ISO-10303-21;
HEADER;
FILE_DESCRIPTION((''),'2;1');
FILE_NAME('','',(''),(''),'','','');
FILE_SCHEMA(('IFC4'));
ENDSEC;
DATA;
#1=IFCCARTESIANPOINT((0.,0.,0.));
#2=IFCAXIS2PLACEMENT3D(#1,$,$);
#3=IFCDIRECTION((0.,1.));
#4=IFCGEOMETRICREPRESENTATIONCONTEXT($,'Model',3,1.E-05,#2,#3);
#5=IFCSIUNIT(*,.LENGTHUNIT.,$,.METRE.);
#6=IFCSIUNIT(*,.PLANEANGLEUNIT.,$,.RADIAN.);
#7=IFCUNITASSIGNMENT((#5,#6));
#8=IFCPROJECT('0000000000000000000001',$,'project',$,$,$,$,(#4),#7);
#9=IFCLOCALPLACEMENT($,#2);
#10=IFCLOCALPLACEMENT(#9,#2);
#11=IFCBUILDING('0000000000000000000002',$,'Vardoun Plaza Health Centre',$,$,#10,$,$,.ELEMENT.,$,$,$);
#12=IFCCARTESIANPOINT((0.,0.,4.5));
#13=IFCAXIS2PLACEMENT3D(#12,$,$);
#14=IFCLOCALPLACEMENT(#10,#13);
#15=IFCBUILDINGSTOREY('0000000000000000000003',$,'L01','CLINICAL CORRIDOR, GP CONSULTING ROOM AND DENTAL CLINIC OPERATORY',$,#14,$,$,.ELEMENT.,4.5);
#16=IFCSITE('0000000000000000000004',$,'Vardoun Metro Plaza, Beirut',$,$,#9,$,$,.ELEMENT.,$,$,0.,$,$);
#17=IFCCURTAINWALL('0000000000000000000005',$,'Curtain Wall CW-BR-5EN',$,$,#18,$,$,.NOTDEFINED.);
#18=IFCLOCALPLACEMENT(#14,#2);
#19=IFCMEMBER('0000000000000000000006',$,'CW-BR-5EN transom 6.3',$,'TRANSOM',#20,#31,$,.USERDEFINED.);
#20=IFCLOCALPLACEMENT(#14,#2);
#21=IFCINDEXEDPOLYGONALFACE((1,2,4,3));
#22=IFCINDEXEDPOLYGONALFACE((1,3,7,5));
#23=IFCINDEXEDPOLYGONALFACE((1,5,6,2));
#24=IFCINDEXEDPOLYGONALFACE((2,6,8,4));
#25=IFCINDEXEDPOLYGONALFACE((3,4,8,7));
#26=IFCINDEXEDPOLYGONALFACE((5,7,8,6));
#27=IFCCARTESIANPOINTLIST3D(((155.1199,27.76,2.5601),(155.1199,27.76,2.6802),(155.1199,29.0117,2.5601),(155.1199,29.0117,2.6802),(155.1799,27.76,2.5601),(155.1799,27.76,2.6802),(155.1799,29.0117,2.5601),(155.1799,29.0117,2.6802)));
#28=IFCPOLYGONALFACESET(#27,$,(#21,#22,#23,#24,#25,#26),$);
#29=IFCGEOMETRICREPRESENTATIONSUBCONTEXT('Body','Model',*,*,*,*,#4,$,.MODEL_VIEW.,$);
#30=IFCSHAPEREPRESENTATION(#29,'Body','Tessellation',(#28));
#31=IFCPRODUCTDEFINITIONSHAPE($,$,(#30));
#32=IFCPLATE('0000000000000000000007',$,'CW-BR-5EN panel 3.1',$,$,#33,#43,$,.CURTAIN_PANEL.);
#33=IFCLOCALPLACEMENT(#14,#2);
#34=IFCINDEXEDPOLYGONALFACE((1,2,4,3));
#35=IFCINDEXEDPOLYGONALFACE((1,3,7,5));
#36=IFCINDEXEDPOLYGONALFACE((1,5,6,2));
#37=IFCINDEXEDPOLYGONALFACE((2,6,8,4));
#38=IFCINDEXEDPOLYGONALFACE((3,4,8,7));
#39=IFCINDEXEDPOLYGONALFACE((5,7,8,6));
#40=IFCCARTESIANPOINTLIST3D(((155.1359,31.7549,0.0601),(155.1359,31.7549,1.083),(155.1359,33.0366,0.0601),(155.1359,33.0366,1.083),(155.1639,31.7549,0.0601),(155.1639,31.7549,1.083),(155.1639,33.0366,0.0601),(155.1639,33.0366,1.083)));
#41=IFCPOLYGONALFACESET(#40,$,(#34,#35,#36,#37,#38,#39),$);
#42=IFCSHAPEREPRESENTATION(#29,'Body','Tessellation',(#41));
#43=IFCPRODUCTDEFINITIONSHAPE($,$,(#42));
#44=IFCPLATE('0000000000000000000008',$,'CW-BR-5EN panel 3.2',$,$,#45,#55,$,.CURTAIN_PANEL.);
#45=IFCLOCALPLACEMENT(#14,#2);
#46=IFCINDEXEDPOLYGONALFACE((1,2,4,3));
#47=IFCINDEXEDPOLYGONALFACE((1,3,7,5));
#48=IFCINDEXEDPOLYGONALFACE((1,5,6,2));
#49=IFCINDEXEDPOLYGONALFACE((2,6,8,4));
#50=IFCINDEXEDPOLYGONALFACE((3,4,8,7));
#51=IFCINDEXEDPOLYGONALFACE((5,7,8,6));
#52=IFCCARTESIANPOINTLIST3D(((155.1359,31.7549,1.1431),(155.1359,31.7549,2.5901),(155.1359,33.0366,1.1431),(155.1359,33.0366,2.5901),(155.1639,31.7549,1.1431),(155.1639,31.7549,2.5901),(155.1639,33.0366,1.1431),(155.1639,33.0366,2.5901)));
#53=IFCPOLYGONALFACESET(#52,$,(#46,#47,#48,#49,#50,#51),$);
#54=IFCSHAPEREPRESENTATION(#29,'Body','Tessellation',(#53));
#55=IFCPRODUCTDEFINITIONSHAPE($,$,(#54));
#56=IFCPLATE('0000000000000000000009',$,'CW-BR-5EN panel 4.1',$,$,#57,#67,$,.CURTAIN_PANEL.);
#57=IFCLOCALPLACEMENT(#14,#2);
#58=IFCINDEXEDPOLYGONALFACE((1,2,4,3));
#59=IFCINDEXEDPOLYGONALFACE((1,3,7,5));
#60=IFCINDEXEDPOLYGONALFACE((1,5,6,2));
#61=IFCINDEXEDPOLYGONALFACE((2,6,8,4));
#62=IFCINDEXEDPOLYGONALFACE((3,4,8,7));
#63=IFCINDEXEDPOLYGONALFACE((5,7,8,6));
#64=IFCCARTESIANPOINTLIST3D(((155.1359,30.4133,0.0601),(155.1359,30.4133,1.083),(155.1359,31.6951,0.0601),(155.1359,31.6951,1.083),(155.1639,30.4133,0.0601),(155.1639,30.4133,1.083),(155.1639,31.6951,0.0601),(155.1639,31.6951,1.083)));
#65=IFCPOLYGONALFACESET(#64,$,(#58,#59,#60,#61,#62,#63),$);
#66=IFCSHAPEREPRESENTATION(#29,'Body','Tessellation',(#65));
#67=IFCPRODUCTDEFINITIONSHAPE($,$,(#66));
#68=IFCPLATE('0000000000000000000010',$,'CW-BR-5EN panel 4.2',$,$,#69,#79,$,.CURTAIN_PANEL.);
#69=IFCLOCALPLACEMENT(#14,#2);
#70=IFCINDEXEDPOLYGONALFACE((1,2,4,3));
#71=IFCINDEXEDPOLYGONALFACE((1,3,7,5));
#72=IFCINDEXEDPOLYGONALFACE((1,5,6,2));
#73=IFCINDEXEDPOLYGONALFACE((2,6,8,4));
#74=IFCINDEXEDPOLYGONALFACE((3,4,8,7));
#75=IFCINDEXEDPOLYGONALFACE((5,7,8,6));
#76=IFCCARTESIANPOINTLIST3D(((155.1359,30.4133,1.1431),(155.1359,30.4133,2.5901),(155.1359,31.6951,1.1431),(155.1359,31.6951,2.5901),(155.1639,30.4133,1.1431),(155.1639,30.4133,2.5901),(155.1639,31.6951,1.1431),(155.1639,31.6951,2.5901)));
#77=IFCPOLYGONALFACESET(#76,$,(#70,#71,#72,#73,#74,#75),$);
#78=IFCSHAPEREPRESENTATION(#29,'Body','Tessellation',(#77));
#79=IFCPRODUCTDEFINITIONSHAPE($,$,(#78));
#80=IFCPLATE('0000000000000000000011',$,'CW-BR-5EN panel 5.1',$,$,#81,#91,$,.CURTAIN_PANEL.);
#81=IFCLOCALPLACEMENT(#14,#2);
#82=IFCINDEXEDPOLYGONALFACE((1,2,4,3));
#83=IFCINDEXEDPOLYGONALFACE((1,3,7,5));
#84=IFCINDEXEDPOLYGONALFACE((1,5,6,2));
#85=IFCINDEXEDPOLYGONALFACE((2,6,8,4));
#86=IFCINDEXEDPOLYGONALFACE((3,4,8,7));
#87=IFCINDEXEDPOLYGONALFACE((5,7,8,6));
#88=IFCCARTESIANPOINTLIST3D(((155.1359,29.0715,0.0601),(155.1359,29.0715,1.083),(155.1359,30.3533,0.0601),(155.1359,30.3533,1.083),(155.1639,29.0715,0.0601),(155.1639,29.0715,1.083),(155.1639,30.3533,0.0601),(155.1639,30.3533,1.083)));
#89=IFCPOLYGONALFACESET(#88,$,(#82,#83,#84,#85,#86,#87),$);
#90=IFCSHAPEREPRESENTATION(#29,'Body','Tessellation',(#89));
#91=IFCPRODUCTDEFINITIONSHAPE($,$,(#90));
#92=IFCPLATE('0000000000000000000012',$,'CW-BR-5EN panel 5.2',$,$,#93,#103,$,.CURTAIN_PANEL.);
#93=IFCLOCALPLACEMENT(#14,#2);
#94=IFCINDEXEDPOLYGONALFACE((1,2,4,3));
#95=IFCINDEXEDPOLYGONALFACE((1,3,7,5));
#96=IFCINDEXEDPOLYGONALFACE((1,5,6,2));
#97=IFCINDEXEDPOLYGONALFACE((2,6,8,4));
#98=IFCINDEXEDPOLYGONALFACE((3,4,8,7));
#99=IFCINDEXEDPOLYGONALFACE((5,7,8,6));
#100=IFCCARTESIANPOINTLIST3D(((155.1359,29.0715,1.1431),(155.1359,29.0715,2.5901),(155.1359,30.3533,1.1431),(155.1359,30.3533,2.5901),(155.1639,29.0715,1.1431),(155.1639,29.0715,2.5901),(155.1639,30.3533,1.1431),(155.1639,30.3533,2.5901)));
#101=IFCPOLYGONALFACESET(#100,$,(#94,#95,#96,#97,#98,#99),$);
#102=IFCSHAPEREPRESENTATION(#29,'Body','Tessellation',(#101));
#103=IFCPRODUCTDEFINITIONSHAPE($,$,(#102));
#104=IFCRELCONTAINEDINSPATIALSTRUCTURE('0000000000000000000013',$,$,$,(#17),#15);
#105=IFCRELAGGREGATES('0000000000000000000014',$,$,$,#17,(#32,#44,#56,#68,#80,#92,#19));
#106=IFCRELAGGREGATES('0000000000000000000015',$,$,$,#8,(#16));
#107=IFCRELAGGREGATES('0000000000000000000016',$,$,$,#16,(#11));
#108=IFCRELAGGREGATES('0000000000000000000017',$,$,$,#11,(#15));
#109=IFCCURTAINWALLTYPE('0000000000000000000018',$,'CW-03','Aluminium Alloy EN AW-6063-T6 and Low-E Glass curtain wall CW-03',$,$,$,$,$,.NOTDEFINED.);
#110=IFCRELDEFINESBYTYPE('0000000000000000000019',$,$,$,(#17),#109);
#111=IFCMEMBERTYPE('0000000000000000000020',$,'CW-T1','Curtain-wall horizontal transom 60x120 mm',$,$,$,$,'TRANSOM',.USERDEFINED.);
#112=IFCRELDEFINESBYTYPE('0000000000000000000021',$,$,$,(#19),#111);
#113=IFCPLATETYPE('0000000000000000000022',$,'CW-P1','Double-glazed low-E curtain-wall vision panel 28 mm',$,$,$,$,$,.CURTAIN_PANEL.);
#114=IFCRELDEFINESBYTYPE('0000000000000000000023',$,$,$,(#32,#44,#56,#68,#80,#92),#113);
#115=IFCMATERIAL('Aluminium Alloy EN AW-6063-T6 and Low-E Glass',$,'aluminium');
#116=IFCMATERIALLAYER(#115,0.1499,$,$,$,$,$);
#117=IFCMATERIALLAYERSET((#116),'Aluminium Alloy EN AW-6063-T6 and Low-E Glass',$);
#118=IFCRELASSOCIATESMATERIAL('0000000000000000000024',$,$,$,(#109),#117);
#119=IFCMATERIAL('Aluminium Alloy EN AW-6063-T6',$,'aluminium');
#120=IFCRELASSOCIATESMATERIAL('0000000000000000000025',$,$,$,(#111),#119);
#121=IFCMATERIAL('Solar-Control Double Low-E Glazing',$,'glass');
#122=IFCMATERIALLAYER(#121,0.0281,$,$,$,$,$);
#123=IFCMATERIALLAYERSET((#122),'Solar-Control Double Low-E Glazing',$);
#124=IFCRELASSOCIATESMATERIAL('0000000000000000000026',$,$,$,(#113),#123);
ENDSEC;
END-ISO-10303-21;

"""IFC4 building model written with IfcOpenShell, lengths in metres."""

from ifc_helpers import new_model, si_unit, direction, frame, origin, origin_2d, place, context, subcontext, project, spatial, rectangle, extrude, material, layer, layer_set, material_profile, profile_set, type_object, element, aggregate, save


model = new_model("IFC4")

# Units and contexts
model_context = context("Model", 3, precision=1e-05, world=origin(), true_north=direction((0.0, 1.0)))
body_context = subcontext(model_context, "Body", "Model", "MODEL_VIEW")
ifc_project = project(units=[si_unit("LENGTHUNIT", "METRE"), si_unit("PLANEANGLEUNIT", "RADIAN")], contexts=[model_context])

# Site, building, storey
site_placement = place(None, origin())
site = spatial("IfcSite", under=ifc_project, at=site_placement, Name="Vardoun Metro Plaza, Beirut", CompositionType="ELEMENT", RefElevation=0.0)
building_placement = place(site_placement, origin())
building = spatial("IfcBuilding", under=site, at=building_placement, Name="Vardoun Plaza Health Centre", CompositionType="ELEMENT")
storey_placement = place(building_placement, frame((0.0, 0.0, 4.5)))
storey = spatial("IfcBuildingStorey", under=building, at=storey_placement, Name="L01", Description="CLINICAL CORRIDOR, GP CONSULTING ROOM AND DENTAL CLINIC OPERATORY", CompositionType="ELEMENT", Elevation=4.5)

# Curtain wall, member, plates
ifc_material_1 = material(Name="Aluminium Alloy EN AW-6063-T6 and Low-E Glass", Category="aluminium")
ifc_layer_1 = layer(ifc_material_1, 0.1499)
ifc_layer_set_1 = layer_set([ifc_layer_1], Name="Aluminium Alloy EN AW-6063-T6 and Low-E Glass")
curtain_wall_type = type_object("IfcCurtainWallType", Name="CW-03", Description="Aluminium Alloy EN AW-6063-T6 and Low-E Glass curtain wall CW-03", PredefinedType="NOTDEFINED", material=ifc_layer_set_1)
curtain_wall_placement = place(storey_placement, origin())
curtain_wall = element("IfcCurtainWall", 1, at=curtain_wall_placement, inside=storey, type_object=curtain_wall_type, Name="Curtain Wall CW-BR-5EN", PredefinedType="NOTDEFINED")
ifc_material_2 = material(Name="Aluminium Alloy EN AW-6063-T6", Category="aluminium")
ifc_material_profile_1 = material_profile(ifc_material_2, rectangle(XDim=0.0601, YDim=0.1201, at=origin_2d()), Name="CWT 60x120")
ifc_profile_set_1 = profile_set([ifc_material_profile_1], Name="Aluminium Alloy EN AW-6063-T6")
member_type_1 = type_object("IfcMemberType", Name="CW-T1", Description="Curtain-wall horizontal transom 60x120 mm", ElementType="TRANSOM", PredefinedType="USERDEFINED", material=ifc_profile_set_1)
member_1_placement = place(storey_placement, frame((155.1499, 29.0117, 2.6201), z_axis=(0.0, -1.0, 0.0), x_axis=(1.0, 0.0, 0.0)))
member_1 = element("IfcMember", 2, at=member_1_placement, type_object=member_type_1, Name="CW-BR-5EN transom 6.3", ObjectType="TRANSOM", PredefinedType="USERDEFINED", context=body_context, shape_type="SweptSolid", body=[
    extrude(rectangle(XDim=0.0601, YDim=0.1201, at=origin_2d()), origin(), (0.0, 0.0, 1.0), 1.2517),
])
ifc_material_3 = material(Name="Solar-Control Double Low-E Glazing", Category="glass")
ifc_layer_2 = layer(ifc_material_3, 0.0281)
ifc_layer_set_2 = layer_set([ifc_layer_2], Name="Solar-Control Double Low-E Glazing")
plate_type = type_object("IfcPlateType", Name="CW-P1", Description="Double-glazed low-E curtain-wall vision panel 28 mm", PredefinedType="CURTAIN_PANEL", material=ifc_layer_set_2)
plate_1_placement = place(storey_placement, frame((155.1499, 32.3958, 0.0601), z_axis=(0.0, 0.0, 1.0), x_axis=(0.0, -1.0, 0.0)))
plate_1 = element("IfcPlate", 3, at=plate_1_placement, type_object=plate_type, Name="CW-BR-5EN panel 3.1", PredefinedType="CURTAIN_PANEL", context=body_context, shape_type="SweptSolid", body=[
    extrude(rectangle(XDim=1.2817, YDim=0.0281, at=origin_2d()), origin(), (0.0, 0.0, 1.0), 1.0229),
])
plate_2_placement = place(storey_placement, frame((155.1499, 32.3958, 1.1431), z_axis=(0.0, 0.0, 1.0), x_axis=(0.0, -1.0, 0.0)))
plate_2 = element("IfcPlate", 4, at=plate_2_placement, type_object=plate_type, Name="CW-BR-5EN panel 3.2", PredefinedType="CURTAIN_PANEL", context=body_context, shape_type="SweptSolid", body=[
    extrude(rectangle(XDim=1.2817, YDim=0.0281, at=origin_2d()), origin(), (0.0, 0.0, 1.0), 1.447),
])
plate_3_placement = place(storey_placement, frame((155.1499, 31.0542, 0.0601), z_axis=(0.0, 0.0, 1.0), x_axis=(0.0, -1.0, 0.0)))
plate_3 = element("IfcPlate", 5, at=plate_3_placement, type_object=plate_type, Name="CW-BR-5EN panel 4.1", PredefinedType="CURTAIN_PANEL", context=body_context, shape_type="SweptSolid", body=[
    extrude(rectangle(XDim=1.2817, YDim=0.0281, at=origin_2d()), origin(), (0.0, 0.0, 1.0), 1.0229),
])
plate_4_placement = place(storey_placement, frame((155.1499, 31.0542, 1.1431), z_axis=(0.0, 0.0, 1.0), x_axis=(0.0, -1.0, 0.0)))
plate_4 = element("IfcPlate", 6, at=plate_4_placement, type_object=plate_type, Name="CW-BR-5EN panel 4.2", PredefinedType="CURTAIN_PANEL", context=body_context, shape_type="SweptSolid", body=[
    extrude(rectangle(XDim=1.2817, YDim=0.0281, at=origin_2d()), origin(), (0.0, 0.0, 1.0), 1.447),
])
plate_5_placement = place(storey_placement, frame((155.1499, 29.7124, 0.0601), z_axis=(0.0, 0.0, 1.0), x_axis=(0.0, -1.0, 0.0)))
plate_5 = element("IfcPlate", 7, at=plate_5_placement, type_object=plate_type, Name="CW-BR-5EN panel 5.1", PredefinedType="CURTAIN_PANEL", context=body_context, shape_type="SweptSolid", body=[
    extrude(rectangle(XDim=1.2817, YDim=0.0281, at=origin_2d()), origin(), (0.0, 0.0, 1.0), 1.0229),
])
plate_6_placement = place(storey_placement, frame((155.1499, 29.7124, 1.1431), z_axis=(0.0, 0.0, 1.0), x_axis=(0.0, -1.0, 0.0)))
plate_6 = element("IfcPlate", 8, at=plate_6_placement, type_object=plate_type, Name="CW-BR-5EN panel 5.2", PredefinedType="CURTAIN_PANEL", context=body_context, shape_type="SweptSolid", body=[
    extrude(rectangle(XDim=1.2817, YDim=0.0281, at=origin_2d()), origin(), (0.0, 0.0, 1.0), 1.447),
])
aggregate(curtain_wall, [plate_1, plate_2, plate_3, plate_4, plate_5, plate_6, member_1])

save(model, "model.ifc")
